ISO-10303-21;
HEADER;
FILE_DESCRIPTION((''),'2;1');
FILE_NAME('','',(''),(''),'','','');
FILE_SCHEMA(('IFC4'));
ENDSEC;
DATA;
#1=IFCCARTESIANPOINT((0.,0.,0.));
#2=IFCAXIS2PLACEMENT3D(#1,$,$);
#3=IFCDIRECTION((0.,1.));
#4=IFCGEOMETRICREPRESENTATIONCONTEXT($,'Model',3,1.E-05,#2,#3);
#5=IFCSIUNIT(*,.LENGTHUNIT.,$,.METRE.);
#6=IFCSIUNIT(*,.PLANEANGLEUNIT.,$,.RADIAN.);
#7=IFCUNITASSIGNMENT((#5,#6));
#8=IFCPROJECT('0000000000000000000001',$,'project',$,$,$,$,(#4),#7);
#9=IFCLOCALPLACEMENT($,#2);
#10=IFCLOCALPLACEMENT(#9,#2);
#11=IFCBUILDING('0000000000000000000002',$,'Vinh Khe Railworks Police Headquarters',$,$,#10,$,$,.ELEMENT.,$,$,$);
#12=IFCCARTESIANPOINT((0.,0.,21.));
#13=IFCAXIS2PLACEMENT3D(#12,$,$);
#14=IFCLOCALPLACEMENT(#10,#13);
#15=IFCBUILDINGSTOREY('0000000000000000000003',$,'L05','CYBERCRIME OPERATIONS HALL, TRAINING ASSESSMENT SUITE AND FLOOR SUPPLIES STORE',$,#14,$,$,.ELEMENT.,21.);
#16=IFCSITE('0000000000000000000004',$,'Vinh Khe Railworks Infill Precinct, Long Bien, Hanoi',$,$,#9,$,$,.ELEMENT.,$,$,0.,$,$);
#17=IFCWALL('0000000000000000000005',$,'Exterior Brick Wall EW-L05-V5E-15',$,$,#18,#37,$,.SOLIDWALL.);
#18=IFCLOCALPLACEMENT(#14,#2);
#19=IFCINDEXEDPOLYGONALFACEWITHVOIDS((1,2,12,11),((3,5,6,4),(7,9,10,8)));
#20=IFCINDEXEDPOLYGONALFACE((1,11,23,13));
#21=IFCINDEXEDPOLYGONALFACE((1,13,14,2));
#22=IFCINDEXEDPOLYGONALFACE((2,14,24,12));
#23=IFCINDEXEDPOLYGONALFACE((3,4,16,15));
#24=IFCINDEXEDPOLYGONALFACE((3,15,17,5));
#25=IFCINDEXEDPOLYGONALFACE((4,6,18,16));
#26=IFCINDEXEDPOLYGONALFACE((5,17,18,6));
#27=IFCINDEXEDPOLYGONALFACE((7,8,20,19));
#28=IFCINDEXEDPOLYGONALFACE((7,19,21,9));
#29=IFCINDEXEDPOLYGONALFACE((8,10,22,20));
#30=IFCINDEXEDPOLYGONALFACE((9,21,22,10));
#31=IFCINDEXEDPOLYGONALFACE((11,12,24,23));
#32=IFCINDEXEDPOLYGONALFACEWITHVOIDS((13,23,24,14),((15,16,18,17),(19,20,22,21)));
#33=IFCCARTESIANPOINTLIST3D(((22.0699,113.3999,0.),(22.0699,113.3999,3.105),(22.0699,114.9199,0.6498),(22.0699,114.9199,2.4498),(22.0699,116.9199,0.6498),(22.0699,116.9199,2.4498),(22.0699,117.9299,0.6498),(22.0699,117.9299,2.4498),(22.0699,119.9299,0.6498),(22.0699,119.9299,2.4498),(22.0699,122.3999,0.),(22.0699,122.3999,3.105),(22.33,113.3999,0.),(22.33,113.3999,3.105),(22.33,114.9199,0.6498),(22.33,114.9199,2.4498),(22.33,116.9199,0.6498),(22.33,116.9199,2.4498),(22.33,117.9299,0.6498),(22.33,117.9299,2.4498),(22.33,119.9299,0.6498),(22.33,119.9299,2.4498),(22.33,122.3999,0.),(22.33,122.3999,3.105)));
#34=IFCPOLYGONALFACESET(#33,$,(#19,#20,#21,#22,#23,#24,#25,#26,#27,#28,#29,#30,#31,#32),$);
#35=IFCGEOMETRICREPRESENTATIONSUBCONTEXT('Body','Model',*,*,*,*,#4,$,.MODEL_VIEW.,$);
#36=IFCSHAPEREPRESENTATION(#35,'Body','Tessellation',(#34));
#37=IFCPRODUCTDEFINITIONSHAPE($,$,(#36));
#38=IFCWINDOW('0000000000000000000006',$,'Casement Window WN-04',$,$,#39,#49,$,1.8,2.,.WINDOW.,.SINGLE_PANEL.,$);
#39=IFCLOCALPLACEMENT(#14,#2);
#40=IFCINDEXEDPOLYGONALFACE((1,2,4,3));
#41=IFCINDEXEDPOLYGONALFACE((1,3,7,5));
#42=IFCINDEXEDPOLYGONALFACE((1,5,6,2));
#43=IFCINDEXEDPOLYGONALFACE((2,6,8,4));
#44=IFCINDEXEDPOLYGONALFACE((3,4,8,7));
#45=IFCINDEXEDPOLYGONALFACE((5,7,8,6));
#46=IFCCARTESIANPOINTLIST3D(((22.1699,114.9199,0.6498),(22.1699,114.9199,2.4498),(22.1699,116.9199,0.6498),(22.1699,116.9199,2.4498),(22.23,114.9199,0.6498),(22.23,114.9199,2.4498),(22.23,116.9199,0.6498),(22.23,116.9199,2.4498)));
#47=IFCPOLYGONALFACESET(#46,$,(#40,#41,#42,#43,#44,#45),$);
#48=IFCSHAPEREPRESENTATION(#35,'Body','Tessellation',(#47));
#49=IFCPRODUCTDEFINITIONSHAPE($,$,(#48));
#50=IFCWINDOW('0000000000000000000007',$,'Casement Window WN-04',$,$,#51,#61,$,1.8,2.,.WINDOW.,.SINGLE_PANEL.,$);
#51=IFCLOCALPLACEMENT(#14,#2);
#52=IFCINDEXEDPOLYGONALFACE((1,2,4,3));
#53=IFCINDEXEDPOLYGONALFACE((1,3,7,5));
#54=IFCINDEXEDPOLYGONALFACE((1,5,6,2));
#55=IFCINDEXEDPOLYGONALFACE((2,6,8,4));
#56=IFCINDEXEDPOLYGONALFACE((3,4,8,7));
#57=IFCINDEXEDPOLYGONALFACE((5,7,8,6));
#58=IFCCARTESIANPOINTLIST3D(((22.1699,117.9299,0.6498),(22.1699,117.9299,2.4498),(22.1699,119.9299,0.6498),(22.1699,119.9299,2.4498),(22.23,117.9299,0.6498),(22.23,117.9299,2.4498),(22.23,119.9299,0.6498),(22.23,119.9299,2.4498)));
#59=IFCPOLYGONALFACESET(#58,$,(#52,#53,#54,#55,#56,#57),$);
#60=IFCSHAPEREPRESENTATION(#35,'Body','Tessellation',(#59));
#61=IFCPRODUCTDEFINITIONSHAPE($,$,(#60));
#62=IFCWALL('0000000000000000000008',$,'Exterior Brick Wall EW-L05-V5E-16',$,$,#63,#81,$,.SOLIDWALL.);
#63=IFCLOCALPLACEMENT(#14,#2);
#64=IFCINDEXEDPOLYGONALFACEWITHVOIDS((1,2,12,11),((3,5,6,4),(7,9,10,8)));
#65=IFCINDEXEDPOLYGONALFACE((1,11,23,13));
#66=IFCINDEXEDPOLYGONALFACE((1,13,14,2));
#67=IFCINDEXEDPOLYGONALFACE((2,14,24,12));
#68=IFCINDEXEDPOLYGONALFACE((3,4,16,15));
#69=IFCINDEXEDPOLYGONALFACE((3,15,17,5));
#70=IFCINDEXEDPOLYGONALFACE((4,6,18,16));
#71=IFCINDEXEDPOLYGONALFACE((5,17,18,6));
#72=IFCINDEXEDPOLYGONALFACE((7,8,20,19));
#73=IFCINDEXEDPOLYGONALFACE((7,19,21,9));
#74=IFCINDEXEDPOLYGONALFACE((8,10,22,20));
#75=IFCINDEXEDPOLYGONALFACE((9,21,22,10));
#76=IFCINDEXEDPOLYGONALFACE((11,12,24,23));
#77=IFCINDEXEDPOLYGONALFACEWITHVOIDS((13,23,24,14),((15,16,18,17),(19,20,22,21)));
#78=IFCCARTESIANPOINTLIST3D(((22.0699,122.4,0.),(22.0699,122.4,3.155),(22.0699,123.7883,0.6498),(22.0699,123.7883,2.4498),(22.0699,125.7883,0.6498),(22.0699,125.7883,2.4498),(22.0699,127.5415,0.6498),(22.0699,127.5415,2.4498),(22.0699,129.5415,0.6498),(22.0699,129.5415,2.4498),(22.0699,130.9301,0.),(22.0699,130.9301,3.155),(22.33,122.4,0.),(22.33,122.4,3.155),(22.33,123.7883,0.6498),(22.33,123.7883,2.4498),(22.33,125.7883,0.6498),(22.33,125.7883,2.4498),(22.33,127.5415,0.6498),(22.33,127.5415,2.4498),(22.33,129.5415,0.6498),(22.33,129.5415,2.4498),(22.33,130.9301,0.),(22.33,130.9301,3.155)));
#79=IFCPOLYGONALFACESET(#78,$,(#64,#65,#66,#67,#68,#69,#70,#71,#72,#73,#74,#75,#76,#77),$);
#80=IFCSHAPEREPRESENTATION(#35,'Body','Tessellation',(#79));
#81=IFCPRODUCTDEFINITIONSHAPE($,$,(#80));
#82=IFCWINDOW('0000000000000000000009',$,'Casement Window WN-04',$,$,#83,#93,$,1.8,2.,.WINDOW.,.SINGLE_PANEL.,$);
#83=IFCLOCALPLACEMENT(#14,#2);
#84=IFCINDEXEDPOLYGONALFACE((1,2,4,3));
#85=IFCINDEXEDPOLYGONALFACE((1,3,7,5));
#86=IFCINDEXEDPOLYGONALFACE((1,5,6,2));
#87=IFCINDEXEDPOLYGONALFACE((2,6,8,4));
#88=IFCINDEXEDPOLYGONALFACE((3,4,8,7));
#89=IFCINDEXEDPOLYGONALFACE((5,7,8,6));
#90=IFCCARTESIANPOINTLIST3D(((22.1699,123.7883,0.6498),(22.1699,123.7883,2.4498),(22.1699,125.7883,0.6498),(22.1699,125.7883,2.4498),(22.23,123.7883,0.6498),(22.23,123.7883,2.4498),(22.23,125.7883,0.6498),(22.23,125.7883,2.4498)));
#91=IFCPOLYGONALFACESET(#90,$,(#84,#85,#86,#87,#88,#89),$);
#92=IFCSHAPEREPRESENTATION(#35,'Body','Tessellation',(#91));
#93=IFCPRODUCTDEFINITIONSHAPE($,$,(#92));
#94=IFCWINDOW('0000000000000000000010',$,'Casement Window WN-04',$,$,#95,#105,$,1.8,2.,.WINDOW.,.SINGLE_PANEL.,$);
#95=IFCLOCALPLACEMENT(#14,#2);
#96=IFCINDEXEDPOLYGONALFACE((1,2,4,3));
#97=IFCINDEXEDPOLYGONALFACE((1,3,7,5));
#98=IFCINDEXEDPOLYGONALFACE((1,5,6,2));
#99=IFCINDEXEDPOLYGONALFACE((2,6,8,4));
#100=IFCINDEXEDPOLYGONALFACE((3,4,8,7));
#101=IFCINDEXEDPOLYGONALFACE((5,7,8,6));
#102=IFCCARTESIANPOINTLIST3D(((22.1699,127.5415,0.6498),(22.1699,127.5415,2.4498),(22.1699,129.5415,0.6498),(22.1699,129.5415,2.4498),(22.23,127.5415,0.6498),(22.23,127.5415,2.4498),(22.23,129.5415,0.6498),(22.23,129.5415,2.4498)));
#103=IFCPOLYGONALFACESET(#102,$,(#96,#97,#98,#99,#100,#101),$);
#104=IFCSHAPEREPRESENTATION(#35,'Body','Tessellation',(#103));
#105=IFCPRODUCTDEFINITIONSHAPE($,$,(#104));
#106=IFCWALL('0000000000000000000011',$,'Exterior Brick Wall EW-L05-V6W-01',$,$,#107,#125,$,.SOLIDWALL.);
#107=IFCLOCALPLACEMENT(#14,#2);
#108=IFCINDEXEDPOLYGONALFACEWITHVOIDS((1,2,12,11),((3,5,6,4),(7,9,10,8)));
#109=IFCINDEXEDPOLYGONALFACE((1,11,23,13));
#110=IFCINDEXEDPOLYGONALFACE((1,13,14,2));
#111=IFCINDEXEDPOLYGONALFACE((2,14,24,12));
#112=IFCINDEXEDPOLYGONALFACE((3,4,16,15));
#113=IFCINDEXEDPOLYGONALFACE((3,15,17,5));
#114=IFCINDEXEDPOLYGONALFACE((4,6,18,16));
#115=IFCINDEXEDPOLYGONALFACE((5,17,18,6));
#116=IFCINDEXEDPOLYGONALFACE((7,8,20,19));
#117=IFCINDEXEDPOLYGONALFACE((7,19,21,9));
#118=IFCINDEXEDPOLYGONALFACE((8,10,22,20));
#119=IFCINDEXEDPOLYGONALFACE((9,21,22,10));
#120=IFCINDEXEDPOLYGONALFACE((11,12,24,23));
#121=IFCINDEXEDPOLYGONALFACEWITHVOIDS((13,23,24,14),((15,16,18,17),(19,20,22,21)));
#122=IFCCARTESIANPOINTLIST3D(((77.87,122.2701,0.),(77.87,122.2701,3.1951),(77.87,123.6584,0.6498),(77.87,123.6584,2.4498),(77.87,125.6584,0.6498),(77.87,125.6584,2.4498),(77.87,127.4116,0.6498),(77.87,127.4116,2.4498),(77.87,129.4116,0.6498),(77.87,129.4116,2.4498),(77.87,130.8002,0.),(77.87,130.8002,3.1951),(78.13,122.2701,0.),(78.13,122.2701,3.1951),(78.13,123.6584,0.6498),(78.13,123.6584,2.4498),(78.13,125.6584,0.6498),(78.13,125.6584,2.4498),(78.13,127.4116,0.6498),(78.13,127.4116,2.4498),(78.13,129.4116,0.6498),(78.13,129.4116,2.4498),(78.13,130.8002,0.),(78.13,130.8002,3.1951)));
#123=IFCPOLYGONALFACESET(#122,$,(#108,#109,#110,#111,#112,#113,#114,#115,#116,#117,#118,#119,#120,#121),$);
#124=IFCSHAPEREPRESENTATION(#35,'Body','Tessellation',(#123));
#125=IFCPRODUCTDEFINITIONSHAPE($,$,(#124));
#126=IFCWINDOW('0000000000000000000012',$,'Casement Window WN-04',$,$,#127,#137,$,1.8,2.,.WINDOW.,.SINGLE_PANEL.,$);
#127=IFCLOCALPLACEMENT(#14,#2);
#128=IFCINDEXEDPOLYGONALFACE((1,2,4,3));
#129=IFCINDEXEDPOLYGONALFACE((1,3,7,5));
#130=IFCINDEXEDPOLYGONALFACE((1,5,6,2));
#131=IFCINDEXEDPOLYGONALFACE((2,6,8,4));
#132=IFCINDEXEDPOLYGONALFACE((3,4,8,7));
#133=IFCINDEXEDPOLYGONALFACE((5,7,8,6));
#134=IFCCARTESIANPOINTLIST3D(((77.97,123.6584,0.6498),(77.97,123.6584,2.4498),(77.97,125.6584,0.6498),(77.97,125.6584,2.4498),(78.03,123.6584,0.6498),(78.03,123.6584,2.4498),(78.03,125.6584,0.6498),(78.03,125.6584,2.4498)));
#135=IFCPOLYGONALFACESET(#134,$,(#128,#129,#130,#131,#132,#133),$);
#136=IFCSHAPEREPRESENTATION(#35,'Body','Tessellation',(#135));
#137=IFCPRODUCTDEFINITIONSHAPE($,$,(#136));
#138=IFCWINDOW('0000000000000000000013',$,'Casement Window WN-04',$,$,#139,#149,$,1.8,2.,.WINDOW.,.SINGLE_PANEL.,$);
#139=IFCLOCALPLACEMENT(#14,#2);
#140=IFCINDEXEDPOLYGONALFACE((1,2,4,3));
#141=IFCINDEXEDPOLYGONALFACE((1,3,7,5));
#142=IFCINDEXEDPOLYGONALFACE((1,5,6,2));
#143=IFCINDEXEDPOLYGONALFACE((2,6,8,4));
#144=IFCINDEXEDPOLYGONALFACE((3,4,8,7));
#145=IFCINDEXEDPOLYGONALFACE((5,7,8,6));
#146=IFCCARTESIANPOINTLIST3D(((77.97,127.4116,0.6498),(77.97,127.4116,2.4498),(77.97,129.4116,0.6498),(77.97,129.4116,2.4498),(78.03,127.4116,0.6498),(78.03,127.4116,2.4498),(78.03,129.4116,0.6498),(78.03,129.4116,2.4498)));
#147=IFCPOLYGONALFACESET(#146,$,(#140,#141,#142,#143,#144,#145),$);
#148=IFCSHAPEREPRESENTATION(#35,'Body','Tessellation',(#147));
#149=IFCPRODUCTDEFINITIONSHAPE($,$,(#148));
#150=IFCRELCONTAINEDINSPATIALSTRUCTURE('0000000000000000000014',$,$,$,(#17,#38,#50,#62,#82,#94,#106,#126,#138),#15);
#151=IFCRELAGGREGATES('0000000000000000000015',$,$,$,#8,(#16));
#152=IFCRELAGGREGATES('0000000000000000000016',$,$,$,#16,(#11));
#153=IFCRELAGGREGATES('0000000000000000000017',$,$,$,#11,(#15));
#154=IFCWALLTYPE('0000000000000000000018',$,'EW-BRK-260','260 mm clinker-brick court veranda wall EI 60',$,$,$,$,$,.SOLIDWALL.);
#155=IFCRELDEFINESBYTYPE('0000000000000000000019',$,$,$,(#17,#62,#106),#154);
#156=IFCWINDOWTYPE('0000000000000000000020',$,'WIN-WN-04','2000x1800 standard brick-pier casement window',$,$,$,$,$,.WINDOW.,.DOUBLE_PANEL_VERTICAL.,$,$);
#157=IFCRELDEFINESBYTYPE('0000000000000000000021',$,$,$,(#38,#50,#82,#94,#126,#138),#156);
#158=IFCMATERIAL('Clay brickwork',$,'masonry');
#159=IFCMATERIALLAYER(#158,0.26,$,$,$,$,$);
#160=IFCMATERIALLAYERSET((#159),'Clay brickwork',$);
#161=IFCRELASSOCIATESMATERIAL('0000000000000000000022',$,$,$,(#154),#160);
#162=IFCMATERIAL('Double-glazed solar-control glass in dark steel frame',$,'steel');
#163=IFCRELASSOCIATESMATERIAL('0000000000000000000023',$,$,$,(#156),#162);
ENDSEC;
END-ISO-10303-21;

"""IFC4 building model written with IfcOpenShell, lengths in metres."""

from ifc_helpers import new_model, si_unit, direction, frame, frame_2d, origin, place, context, subcontext, project, spatial, rectangle, extrude, material, layer, layer_set, type_object, element, fill, save


model = new_model("IFC4")

# Units and contexts
model_context = context("Model", 3, precision=1e-05, world=origin(), true_north=direction((0.0, 1.0)))
body_context = subcontext(model_context, "Body", "Model", "MODEL_VIEW")
ifc_project = project(units=[si_unit("LENGTHUNIT", "METRE"), si_unit("PLANEANGLEUNIT", "RADIAN")], contexts=[model_context])

# Site, building, storey
site_placement = place(None, origin())
site = spatial("IfcSite", under=ifc_project, at=site_placement, Name="Vinh Khe Railworks Infill Precinct, Long Bien, Hanoi", CompositionType="ELEMENT", RefElevation=0.0)
building_placement = place(site_placement, origin())
building = spatial("IfcBuilding", under=site, at=building_placement, Name="Vinh Khe Railworks Police Headquarters", CompositionType="ELEMENT")
storey_placement = place(building_placement, frame((0.0, 0.0, 21.0)))
storey = spatial("IfcBuildingStorey", under=building, at=storey_placement, Name="L05", Description="CYBERCRIME OPERATIONS HALL, TRAINING ASSESSMENT SUITE AND FLOOR SUPPLIES STORE", CompositionType="ELEMENT", Elevation=21.0)

# Walls, openings, windows
ifc_material_1 = material(Name="Clay brickwork", Category="masonry")
ifc_layer_1 = layer(ifc_material_1, 0.26)
ifc_layer_set_1 = layer_set([ifc_layer_1], Name="Clay brickwork")
wall_type_1 = type_object("IfcWallType", Name="EW-BRK-260", Description="260 mm clinker-brick court veranda wall EI 60", PredefinedType="SOLIDWALL", material=ifc_layer_set_1)
ifc_material_2 = material(Name="Double-glazed solar-control glass in dark steel frame", Category="steel")
window_type = type_object("IfcWindowType", Name="WIN-WN-04", Description="2000x1800 standard brick-pier casement window", PartitioningType="DOUBLE_PANEL_VERTICAL", PredefinedType="WINDOW", material=ifc_material_2)
wall_1_placement = place(storey_placement, frame((22.2, 113.3999, 0.0), z_axis=(0.0, 0.0, 1.0), x_axis=(0.0, 1.0, 0.0)))
wall_1 = element("IfcWall", 1, at=wall_1_placement, inside=storey, type_object=wall_type_1, Name="Exterior Brick Wall EW-L05-V5E-15", PredefinedType="SOLIDWALL", context=body_context, shape_type="SweptSolid", body=[
    extrude(rectangle(XDim=9.0, YDim=0.26, at=frame_2d((4.5, 0.0))), origin(), (0.0, 0.0, 1.0), 3.105),
])
opening_1_placement = place(wall_1_placement, frame((1.52, 0.0, 0.6499)))
opening_1 = element("IfcOpeningElement", 2, at=opening_1_placement, cuts=wall_1, PredefinedType="OPENING", context=body_context, shape_type="SweptSolid", body=[
    extrude(rectangle(XDim=2.0, YDim=1.8, at=frame_2d((1.0, 0.8999))), frame((0.0, 0.145, 0.0), z_axis=(0.0, -1.0, 0.0), x_axis=(1.0, 0.0, 0.0)), (0.0, 0.0, 1.0), 0.2898),
])
opening_2_placement = place(wall_1_placement, frame((4.53, 0.0, 0.6499)))
opening_2 = element("IfcOpeningElement", 3, at=opening_2_placement, cuts=wall_1, PredefinedType="OPENING", context=body_context, shape_type="SweptSolid", body=[
    extrude(rectangle(XDim=2.0, YDim=1.8, at=frame_2d((1.0, 0.8999))), frame((0.0, 0.145, 0.0), z_axis=(0.0, -1.0, 0.0), x_axis=(1.0, 0.0, 0.0)), (0.0, 0.0, 1.0), 0.2898),
])
window_1_placement = place(opening_1_placement, origin())
window_1 = element("IfcWindow", 4, at=window_1_placement, inside=storey, type_object=window_type, Name="Casement Window WN-04", OverallHeight=1.8, OverallWidth=2.0, PartitioningType="SINGLE_PANEL", PredefinedType="WINDOW", context=body_context, shape_type="SweptSolid", body=[
    extrude(rectangle(XDim=2.0, YDim=1.8, at=frame_2d((1.0, 0.8999))), frame((0.0, 0.03, 0.0), z_axis=(0.0, -1.0, 0.0), x_axis=(1.0, 0.0, 0.0)), (0.0, 0.0, 1.0), 0.0601),
])
fill(opening_1, window_1)
window_2_placement = place(opening_2_placement, origin())
window_2 = element("IfcWindow", 5, at=window_2_placement, inside=storey, type_object=window_type, Name="Casement Window WN-04", OverallHeight=1.8, OverallWidth=2.0, PartitioningType="SINGLE_PANEL", PredefinedType="WINDOW", context=body_context, shape_type="SweptSolid", body=[
    extrude(rectangle(XDim=2.0, YDim=1.8, at=frame_2d((1.0, 0.8999))), frame((0.0, 0.03, 0.0), z_axis=(0.0, -1.0, 0.0), x_axis=(1.0, 0.0, 0.0)), (0.0, 0.0, 1.0), 0.0601),
])
fill(opening_2, window_2)
wall_2_placement = place(storey_placement, frame((22.2, 122.3999, 0.0), z_axis=(0.0, 0.0, 1.0), x_axis=(0.0, 1.0, 0.0)))
wall_2 = element("IfcWall", 6, at=wall_2_placement, inside=storey, type_object=wall_type_1, Name="Exterior Brick Wall EW-L05-V5E-16", PredefinedType="SOLIDWALL", context=body_context, shape_type="SweptSolid", body=[
    extrude(rectangle(XDim=8.53, YDim=0.26, at=frame_2d((4.2651, 0.0))), origin(), (0.0, 0.0, 1.0), 3.155),
])
opening_3_placement = place(wall_2_placement, frame((1.3884, 0.0, 0.6499)))
opening_3 = element("IfcOpeningElement", 7, at=opening_3_placement, cuts=wall_2, PredefinedType="OPENING", context=body_context, shape_type="SweptSolid", body=[
    extrude(rectangle(XDim=2.0, YDim=1.8, at=frame_2d((1.0, 0.8999))), frame((0.0, 0.145, 0.0), z_axis=(0.0, -1.0, 0.0), x_axis=(1.0, 0.0, 0.0)), (0.0, 0.0, 1.0), 0.2898),
])
opening_4_placement = place(wall_2_placement, frame((5.1416, 0.0, 0.6499)))
opening_4 = element("IfcOpeningElement", 8, at=opening_4_placement, cuts=wall_2, PredefinedType="OPENING", context=body_context, shape_type="SweptSolid", body=[
    extrude(rectangle(XDim=2.0, YDim=1.8, at=frame_2d((1.0, 0.8999))), frame((0.0, 0.145, 0.0), z_axis=(0.0, -1.0, 0.0), x_axis=(1.0, 0.0, 0.0)), (0.0, 0.0, 1.0), 0.2898),
])
window_3_placement = place(opening_3_placement, origin())
window_3 = element("IfcWindow", 9, at=window_3_placement, inside=storey, type_object=window_type, Name="Casement Window WN-04", OverallHeight=1.8, OverallWidth=2.0, PartitioningType="SINGLE_PANEL", PredefinedType="WINDOW", context=body_context, shape_type="SweptSolid", body=[
    extrude(rectangle(XDim=2.0, YDim=1.8, at=frame_2d((1.0, 0.8999))), frame((0.0, 0.03, 0.0), z_axis=(0.0, -1.0, 0.0), x_axis=(1.0, 0.0, 0.0)), (0.0, 0.0, 1.0), 0.0601),
])
fill(opening_3, window_3)
window_4_placement = place(opening_4_placement, origin())
window_4 = element("IfcWindow", 10, at=window_4_placement, inside=storey, type_object=window_type, Name="Casement Window WN-04", OverallHeight=1.8, OverallWidth=2.0, PartitioningType="SINGLE_PANEL", PredefinedType="WINDOW", context=body_context, shape_type="SweptSolid", body=[
    extrude(rectangle(XDim=2.0, YDim=1.8, at=frame_2d((1.0, 0.8999))), frame((0.0, 0.03, 0.0), z_axis=(0.0, -1.0, 0.0), x_axis=(1.0, 0.0, 0.0)), (0.0, 0.0, 1.0), 0.0601),
])
fill(opening_4, window_4)
wall_3_placement = place(storey_placement, frame((78.0, 122.27, 0.0), z_axis=(0.0, 0.0, 1.0), x_axis=(0.0, 1.0, 0.0)))
wall_3 = element("IfcWall", 11, at=wall_3_placement, inside=storey, type_object=wall_type_1, Name="Exterior Brick Wall EW-L05-V6W-01", PredefinedType="SOLIDWALL", context=body_context, shape_type="SweptSolid", body=[
    extrude(rectangle(XDim=8.53, YDim=0.26, at=frame_2d((4.2651, 0.0))), origin(), (0.0, 0.0, 1.0), 3.1951),
])
opening_5_placement = place(wall_3_placement, frame((1.3884, 0.0, 0.6499)))
opening_5 = element("IfcOpeningElement", 12, at=opening_5_placement, cuts=wall_3, PredefinedType="OPENING", context=body_context, shape_type="SweptSolid", body=[
    extrude(rectangle(XDim=2.0, YDim=1.8, at=frame_2d((1.0, 0.8999))), frame((0.0, 0.145, 0.0), z_axis=(0.0, -1.0, 0.0), x_axis=(1.0, 0.0, 0.0)), (0.0, 0.0, 1.0), 0.2898),
])
opening_6_placement = place(wall_3_placement, frame((5.1416, 0.0, 0.6499)))
opening_6 = element("IfcOpeningElement", 13, at=opening_6_placement, cuts=wall_3, PredefinedType="OPENING", context=body_context, shape_type="SweptSolid", body=[
    extrude(rectangle(XDim=2.0, YDim=1.8, at=frame_2d((1.0, 0.8999))), frame((0.0, 0.145, 0.0), z_axis=(0.0, -1.0, 0.0), x_axis=(1.0, 0.0, 0.0)), (0.0, 0.0, 1.0), 0.2898),
])
window_5_placement = place(opening_5_placement, origin())
window_5 = element("IfcWindow", 14, at=window_5_placement, inside=storey, type_object=window_type, Name="Casement Window WN-04", OverallHeight=1.8, OverallWidth=2.0, PartitioningType="SINGLE_PANEL", PredefinedType="WINDOW", context=body_context, shape_type="SweptSolid", body=[
    extrude(rectangle(XDim=2.0, YDim=1.8, at=frame_2d((1.0, 0.8999))), frame((0.0, 0.03, 0.0), z_axis=(0.0, -1.0, 0.0), x_axis=(1.0, 0.0, 0.0)), (0.0, 0.0, 1.0), 0.0601),
])
fill(opening_5, window_5)
window_6_placement = place(opening_6_placement, origin())
window_6 = element("IfcWindow", 15, at=window_6_placement, inside=storey, type_object=window_type, Name="Casement Window WN-04", OverallHeight=1.8, OverallWidth=2.0, PartitioningType="SINGLE_PANEL", PredefinedType="WINDOW", context=body_context, shape_type="SweptSolid", body=[
    extrude(rectangle(XDim=2.0, YDim=1.8, at=frame_2d((1.0, 0.8999))), frame((0.0, 0.03, 0.0), z_axis=(0.0, -1.0, 0.0), x_axis=(1.0, 0.0, 0.0)), (0.0, 0.0, 1.0), 0.0601),
])
fill(opening_6, window_6)

save(model, "model.ifc")
